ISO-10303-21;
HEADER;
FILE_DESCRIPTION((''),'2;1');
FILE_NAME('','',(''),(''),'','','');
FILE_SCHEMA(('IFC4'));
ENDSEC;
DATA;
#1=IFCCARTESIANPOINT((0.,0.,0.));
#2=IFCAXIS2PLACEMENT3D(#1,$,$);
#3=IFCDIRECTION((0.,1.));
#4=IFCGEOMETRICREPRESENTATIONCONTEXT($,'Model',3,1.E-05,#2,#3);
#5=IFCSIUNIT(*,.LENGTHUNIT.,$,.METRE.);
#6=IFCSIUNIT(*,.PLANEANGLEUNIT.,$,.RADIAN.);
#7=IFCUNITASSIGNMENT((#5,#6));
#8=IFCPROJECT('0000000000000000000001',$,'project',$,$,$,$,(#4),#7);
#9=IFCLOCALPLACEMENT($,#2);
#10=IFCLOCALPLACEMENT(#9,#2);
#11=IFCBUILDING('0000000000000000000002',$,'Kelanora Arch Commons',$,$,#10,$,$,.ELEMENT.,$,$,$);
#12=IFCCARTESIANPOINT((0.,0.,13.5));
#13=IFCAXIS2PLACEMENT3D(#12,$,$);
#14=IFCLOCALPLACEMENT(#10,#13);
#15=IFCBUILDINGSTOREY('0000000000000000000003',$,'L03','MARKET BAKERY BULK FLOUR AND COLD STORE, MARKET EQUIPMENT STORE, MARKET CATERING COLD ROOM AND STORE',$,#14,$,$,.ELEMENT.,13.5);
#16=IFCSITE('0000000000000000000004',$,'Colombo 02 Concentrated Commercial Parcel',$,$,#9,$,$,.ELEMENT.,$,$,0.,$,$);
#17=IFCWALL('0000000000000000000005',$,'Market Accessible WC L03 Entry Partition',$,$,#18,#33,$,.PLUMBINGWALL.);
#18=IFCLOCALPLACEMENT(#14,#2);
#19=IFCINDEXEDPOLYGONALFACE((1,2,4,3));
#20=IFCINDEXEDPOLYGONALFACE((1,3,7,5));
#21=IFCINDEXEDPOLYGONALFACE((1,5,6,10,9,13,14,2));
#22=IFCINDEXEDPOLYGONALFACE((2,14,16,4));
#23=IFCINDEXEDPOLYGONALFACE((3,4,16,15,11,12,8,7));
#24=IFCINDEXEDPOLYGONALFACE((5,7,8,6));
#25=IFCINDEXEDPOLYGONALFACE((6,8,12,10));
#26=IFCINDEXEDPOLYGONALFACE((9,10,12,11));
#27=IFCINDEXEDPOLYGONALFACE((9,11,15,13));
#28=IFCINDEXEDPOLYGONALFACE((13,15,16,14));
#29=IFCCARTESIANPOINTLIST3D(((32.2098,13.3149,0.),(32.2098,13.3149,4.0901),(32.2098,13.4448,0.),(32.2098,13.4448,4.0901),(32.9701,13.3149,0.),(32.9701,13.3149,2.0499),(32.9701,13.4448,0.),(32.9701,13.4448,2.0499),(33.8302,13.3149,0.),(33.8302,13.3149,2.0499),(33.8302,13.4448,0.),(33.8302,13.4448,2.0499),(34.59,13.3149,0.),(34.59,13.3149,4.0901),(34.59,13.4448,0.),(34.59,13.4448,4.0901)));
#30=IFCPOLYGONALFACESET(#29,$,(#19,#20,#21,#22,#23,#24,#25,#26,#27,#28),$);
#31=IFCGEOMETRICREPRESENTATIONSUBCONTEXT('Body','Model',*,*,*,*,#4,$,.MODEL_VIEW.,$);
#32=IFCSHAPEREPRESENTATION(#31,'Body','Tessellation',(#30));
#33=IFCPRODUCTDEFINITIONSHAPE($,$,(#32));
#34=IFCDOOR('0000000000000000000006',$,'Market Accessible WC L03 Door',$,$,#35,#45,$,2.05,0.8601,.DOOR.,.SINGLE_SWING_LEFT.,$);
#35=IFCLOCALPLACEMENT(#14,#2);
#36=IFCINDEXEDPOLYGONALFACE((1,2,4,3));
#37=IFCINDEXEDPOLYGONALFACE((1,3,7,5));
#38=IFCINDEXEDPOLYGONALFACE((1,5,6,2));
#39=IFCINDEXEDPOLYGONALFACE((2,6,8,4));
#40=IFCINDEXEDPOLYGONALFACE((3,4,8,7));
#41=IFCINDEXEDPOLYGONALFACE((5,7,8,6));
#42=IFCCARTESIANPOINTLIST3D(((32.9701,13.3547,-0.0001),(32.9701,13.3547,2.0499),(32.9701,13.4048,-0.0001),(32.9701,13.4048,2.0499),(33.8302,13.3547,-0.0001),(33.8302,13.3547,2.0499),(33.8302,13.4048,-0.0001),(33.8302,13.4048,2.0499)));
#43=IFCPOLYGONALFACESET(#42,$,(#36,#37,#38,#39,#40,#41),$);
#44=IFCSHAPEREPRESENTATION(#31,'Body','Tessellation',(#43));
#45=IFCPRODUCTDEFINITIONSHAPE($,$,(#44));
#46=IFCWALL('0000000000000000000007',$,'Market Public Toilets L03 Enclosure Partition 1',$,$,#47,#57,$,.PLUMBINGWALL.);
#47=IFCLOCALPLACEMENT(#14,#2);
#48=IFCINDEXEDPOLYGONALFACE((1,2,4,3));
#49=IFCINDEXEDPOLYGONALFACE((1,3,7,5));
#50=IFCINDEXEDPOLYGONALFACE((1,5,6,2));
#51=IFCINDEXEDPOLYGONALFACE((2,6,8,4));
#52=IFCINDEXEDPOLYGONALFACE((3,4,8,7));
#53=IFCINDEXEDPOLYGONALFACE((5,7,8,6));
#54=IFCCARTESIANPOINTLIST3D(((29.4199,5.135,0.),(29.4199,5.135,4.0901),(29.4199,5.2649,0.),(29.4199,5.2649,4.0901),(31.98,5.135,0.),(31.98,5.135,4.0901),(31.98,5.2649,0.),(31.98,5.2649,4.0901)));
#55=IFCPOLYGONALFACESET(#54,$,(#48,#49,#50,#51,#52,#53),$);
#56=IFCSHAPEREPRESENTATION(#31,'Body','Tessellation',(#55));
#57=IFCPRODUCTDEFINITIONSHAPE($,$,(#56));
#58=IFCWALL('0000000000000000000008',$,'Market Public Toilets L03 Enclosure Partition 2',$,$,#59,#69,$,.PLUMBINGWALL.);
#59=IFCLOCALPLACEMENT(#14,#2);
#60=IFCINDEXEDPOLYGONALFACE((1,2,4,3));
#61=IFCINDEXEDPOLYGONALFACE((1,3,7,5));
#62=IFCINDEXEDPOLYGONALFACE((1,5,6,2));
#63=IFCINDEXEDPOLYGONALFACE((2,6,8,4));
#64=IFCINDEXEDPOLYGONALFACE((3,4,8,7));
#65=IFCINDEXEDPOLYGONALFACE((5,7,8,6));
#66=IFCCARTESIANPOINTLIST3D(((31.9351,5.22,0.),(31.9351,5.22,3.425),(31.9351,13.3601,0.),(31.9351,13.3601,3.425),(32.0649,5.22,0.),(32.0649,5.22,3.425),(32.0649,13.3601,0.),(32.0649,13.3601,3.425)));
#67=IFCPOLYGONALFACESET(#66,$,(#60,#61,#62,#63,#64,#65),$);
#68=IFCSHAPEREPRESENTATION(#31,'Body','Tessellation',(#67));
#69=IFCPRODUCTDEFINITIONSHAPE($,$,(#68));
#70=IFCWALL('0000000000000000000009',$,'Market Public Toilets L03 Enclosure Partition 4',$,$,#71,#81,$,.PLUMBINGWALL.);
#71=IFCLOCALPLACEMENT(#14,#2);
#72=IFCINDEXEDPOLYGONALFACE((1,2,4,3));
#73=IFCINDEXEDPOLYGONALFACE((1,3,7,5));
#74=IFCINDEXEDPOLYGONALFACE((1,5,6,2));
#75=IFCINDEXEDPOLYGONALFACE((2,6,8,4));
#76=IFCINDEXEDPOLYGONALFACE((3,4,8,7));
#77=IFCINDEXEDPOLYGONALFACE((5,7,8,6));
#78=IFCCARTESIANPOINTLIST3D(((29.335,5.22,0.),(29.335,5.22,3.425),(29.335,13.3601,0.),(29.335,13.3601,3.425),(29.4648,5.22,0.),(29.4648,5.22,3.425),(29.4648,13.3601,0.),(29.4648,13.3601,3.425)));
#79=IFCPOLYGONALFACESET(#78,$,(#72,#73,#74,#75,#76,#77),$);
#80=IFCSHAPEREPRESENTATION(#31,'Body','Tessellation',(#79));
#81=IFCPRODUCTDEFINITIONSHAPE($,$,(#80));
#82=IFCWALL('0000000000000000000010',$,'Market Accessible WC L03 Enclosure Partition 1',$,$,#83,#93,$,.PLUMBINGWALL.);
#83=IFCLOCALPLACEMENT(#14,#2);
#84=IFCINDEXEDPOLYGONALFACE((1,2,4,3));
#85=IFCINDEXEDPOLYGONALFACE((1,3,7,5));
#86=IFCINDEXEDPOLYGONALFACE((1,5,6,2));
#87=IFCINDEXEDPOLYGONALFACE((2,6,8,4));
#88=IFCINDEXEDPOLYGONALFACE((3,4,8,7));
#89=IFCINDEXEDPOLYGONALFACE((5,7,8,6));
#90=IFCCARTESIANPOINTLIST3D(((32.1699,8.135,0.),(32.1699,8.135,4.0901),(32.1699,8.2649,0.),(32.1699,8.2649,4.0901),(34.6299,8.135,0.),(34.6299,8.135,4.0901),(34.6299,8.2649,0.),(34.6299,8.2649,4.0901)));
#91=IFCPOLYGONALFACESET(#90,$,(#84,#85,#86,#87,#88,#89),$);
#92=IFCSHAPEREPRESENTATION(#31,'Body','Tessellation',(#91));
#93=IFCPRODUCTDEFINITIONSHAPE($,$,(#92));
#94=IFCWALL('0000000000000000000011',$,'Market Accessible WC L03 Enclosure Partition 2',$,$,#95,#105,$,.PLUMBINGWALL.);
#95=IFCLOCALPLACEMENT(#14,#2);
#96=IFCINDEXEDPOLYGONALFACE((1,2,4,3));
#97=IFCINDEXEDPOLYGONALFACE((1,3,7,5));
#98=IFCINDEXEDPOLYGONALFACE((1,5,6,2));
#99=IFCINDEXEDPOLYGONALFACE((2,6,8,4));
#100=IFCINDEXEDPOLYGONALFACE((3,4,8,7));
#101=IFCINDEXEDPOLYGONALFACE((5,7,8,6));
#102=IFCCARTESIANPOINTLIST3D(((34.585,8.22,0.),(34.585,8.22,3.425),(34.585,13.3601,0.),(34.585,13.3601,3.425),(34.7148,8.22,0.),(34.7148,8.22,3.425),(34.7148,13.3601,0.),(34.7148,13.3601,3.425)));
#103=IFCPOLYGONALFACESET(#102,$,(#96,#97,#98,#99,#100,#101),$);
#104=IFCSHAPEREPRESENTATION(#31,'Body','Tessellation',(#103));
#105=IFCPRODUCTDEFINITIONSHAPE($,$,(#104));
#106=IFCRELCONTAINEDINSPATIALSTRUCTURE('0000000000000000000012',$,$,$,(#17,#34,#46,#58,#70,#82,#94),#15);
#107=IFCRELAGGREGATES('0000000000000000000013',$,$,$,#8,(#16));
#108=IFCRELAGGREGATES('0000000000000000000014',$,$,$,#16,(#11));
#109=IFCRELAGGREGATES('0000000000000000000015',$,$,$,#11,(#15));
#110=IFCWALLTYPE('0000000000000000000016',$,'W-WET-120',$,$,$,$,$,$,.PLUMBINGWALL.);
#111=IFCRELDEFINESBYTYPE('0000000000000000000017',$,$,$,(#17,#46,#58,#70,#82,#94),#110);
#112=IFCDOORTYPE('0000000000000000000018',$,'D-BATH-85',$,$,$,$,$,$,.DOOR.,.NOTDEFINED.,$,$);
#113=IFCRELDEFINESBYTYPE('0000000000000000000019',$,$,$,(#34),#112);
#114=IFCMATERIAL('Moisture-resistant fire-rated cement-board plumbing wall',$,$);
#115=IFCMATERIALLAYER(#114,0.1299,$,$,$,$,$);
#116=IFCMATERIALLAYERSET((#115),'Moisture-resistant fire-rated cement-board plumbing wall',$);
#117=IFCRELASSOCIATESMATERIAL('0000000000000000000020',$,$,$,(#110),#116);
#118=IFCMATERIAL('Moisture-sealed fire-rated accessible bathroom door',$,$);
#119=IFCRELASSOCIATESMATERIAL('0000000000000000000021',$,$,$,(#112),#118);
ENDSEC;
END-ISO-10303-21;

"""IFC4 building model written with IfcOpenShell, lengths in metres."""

from ifc_helpers import new_model, si_unit, direction, frame, frame_2d, origin, place, context, subcontext, project, spatial, rectangle, extrude, material, layer, layer_set, type_object, element, fill, save


model = new_model("IFC4")

# Units and contexts
model_context = context("Model", 3, precision=1e-05, world=origin(), true_north=direction((0.0, 1.0)))
body_context = subcontext(model_context, "Body", "Model", "MODEL_VIEW")
ifc_project = project(units=[si_unit("LENGTHUNIT", "METRE"), si_unit("PLANEANGLEUNIT", "RADIAN")], contexts=[model_context])

# Site, building, storey
site_placement = place(None, origin())
site = spatial("IfcSite", under=ifc_project, at=site_placement, Name="Colombo 02 Concentrated Commercial Parcel", CompositionType="ELEMENT", RefElevation=0.0)
building_placement = place(site_placement, origin())
building = spatial("IfcBuilding", under=site, at=building_placement, Name="Kelanora Arch Commons", CompositionType="ELEMENT")
storey_placement = place(building_placement, frame((0.0, 0.0, 13.5)))
storey = spatial("IfcBuildingStorey", under=building, at=storey_placement, Name="L03", Description="MARKET BAKERY BULK FLOUR AND COLD STORE, MARKET EQUIPMENT STORE, MARKET CATERING COLD ROOM AND STORE", CompositionType="ELEMENT", Elevation=13.5)

# Wall, opening, door
ifc_material_1 = material(Name="Moisture-resistant fire-rated cement-board plumbing wall")
ifc_layer_1 = layer(ifc_material_1, 0.1299)
ifc_layer_set_1 = layer_set([ifc_layer_1], Name="Moisture-resistant fire-rated cement-board plumbing wall")
wall_type_1 = type_object("IfcWallType", Name="W-WET-120", PredefinedType="PLUMBINGWALL", material=ifc_layer_set_1)
ifc_material_2 = material(Name="Moisture-sealed fire-rated accessible bathroom door")
door_type_1 = type_object("IfcDoorType", Name="D-BATH-85", OperationType="NOTDEFINED", PredefinedType="DOOR", material=ifc_material_2)
wall_1_placement = place(storey_placement, frame((32.21, 13.3799, 0.0), z_axis=(0.0, 0.0, 1.0), x_axis=(1.0, 0.0, 0.0)))
wall_1 = element("IfcWall", 1, at=wall_1_placement, inside=storey, type_object=wall_type_1, Name="Market Accessible WC L03 Entry Partition", PredefinedType="PLUMBINGWALL", context=body_context, shape_type="SweptSolid", body=[
    extrude(rectangle(XDim=2.3801, YDim=0.1299, at=frame_2d((1.1899, 0.0))), origin(), (0.0, 0.0, 1.0), 4.0901),
])
opening_1_placement = place(wall_1_placement, frame((0.76, 0.0, 0.0)))
opening_1 = element("IfcOpeningElement", 2, at=opening_1_placement, cuts=wall_1, PredefinedType="OPENING", context=body_context, shape_type="SweptSolid", body=[
    extrude(rectangle(XDim=0.8601, YDim=2.05, at=frame_2d((0.4302, 1.0249))), frame((0.0, 0.075, 0.0), z_axis=(0.0, -1.0, 0.0), x_axis=(1.0, 0.0, 0.0)), (0.0, 0.0, 1.0), 0.1499),
])
door_1_placement = place(opening_1_placement, origin())
door_1 = element("IfcDoor", 3, at=door_1_placement, inside=storey, type_object=door_type_1, Name="Market Accessible WC L03 Door", OperationType="SINGLE_SWING_LEFT", OverallHeight=2.05, OverallWidth=0.8601, PredefinedType="DOOR", context=body_context, shape_type="SweptSolid", body=[
    extrude(rectangle(XDim=0.8601, YDim=2.05, at=frame_2d((0.4302, 1.0249))), frame((0.0, 0.0249, 0.0), z_axis=(0.0, -1.0, 0.0), x_axis=(1.0, 0.0, 0.0)), (0.0, 0.0, 1.0), 0.05),
])
fill(opening_1, door_1)

# Walls
wall_2_placement = place(storey_placement, frame((29.4199, 5.2, 0.0), z_axis=(0.0, 0.0, 1.0), x_axis=(1.0, 0.0, 0.0)))
element("IfcWall", 4, at=wall_2_placement, inside=storey, type_object=wall_type_1, Name="Market Public Toilets L03 Enclosure Partition 1", PredefinedType="PLUMBINGWALL", context=body_context, shape_type="SweptSolid", body=[
    extrude(rectangle(XDim=2.5601, YDim=0.1299, at=frame_2d((1.28, 0.0))), origin(), (0.0, 0.0, 1.0), 4.0901),
])
for number, where, z_axis, x_axis, name in (
    (5, (32.0, 5.22, 0.0), (0.0, 0.0, 1.0), (0.0, 1.0, 0.0), "Market Public Toilets L03 Enclosure Partition 2"),
    (6, (29.3999, 13.3601, 0.0), (0.0, 0.0, 1.0), (0.0, -1.0, 0.0), "Market Public Toilets L03 Enclosure Partition 4"),
):
    element("IfcWall", number, at=place(storey_placement, frame(where, z_axis=z_axis, x_axis=x_axis)), inside=storey, type_object=wall_type_1, Name=name, PredefinedType="PLUMBINGWALL", context=body_context, shape_type="SweptSolid", body=[
        extrude(rectangle(XDim=8.1401, YDim=0.1299, at=frame_2d((4.0701, 0.0))), origin(), (0.0, 0.0, 1.0), 3.425),
    ])
wall_3_placement = place(storey_placement, frame((32.1699, 8.2, 0.0), z_axis=(0.0, 0.0, 1.0), x_axis=(1.0, 0.0, 0.0)))
element("IfcWall", 7, at=wall_3_placement, inside=storey, type_object=wall_type_1, Name="Market Accessible WC L03 Enclosure Partition 1", PredefinedType="PLUMBINGWALL", context=body_context, shape_type="SweptSolid", body=[
    extrude(rectangle(XDim=2.46, YDim=0.1299, at=frame_2d((1.23, 0.0))), origin(), (0.0, 0.0, 1.0), 4.0901),
])
wall_4_placement = place(storey_placement, frame((34.6499, 8.22, 0.0), z_axis=(0.0, 0.0, 1.0), x_axis=(0.0, 1.0, 0.0)))
element("IfcWall", 8, at=wall_4_placement, inside=storey, type_object=wall_type_1, Name="Market Accessible WC L03 Enclosure Partition 2", PredefinedType="PLUMBINGWALL", context=body_context, shape_type="SweptSolid", body=[
    extrude(rectangle(XDim=5.1401, YDim=0.1299, at=frame_2d((2.5701, 0.0))), origin(), (0.0, 0.0, 1.0), 3.425),
])

save(model, "model.ifc")
